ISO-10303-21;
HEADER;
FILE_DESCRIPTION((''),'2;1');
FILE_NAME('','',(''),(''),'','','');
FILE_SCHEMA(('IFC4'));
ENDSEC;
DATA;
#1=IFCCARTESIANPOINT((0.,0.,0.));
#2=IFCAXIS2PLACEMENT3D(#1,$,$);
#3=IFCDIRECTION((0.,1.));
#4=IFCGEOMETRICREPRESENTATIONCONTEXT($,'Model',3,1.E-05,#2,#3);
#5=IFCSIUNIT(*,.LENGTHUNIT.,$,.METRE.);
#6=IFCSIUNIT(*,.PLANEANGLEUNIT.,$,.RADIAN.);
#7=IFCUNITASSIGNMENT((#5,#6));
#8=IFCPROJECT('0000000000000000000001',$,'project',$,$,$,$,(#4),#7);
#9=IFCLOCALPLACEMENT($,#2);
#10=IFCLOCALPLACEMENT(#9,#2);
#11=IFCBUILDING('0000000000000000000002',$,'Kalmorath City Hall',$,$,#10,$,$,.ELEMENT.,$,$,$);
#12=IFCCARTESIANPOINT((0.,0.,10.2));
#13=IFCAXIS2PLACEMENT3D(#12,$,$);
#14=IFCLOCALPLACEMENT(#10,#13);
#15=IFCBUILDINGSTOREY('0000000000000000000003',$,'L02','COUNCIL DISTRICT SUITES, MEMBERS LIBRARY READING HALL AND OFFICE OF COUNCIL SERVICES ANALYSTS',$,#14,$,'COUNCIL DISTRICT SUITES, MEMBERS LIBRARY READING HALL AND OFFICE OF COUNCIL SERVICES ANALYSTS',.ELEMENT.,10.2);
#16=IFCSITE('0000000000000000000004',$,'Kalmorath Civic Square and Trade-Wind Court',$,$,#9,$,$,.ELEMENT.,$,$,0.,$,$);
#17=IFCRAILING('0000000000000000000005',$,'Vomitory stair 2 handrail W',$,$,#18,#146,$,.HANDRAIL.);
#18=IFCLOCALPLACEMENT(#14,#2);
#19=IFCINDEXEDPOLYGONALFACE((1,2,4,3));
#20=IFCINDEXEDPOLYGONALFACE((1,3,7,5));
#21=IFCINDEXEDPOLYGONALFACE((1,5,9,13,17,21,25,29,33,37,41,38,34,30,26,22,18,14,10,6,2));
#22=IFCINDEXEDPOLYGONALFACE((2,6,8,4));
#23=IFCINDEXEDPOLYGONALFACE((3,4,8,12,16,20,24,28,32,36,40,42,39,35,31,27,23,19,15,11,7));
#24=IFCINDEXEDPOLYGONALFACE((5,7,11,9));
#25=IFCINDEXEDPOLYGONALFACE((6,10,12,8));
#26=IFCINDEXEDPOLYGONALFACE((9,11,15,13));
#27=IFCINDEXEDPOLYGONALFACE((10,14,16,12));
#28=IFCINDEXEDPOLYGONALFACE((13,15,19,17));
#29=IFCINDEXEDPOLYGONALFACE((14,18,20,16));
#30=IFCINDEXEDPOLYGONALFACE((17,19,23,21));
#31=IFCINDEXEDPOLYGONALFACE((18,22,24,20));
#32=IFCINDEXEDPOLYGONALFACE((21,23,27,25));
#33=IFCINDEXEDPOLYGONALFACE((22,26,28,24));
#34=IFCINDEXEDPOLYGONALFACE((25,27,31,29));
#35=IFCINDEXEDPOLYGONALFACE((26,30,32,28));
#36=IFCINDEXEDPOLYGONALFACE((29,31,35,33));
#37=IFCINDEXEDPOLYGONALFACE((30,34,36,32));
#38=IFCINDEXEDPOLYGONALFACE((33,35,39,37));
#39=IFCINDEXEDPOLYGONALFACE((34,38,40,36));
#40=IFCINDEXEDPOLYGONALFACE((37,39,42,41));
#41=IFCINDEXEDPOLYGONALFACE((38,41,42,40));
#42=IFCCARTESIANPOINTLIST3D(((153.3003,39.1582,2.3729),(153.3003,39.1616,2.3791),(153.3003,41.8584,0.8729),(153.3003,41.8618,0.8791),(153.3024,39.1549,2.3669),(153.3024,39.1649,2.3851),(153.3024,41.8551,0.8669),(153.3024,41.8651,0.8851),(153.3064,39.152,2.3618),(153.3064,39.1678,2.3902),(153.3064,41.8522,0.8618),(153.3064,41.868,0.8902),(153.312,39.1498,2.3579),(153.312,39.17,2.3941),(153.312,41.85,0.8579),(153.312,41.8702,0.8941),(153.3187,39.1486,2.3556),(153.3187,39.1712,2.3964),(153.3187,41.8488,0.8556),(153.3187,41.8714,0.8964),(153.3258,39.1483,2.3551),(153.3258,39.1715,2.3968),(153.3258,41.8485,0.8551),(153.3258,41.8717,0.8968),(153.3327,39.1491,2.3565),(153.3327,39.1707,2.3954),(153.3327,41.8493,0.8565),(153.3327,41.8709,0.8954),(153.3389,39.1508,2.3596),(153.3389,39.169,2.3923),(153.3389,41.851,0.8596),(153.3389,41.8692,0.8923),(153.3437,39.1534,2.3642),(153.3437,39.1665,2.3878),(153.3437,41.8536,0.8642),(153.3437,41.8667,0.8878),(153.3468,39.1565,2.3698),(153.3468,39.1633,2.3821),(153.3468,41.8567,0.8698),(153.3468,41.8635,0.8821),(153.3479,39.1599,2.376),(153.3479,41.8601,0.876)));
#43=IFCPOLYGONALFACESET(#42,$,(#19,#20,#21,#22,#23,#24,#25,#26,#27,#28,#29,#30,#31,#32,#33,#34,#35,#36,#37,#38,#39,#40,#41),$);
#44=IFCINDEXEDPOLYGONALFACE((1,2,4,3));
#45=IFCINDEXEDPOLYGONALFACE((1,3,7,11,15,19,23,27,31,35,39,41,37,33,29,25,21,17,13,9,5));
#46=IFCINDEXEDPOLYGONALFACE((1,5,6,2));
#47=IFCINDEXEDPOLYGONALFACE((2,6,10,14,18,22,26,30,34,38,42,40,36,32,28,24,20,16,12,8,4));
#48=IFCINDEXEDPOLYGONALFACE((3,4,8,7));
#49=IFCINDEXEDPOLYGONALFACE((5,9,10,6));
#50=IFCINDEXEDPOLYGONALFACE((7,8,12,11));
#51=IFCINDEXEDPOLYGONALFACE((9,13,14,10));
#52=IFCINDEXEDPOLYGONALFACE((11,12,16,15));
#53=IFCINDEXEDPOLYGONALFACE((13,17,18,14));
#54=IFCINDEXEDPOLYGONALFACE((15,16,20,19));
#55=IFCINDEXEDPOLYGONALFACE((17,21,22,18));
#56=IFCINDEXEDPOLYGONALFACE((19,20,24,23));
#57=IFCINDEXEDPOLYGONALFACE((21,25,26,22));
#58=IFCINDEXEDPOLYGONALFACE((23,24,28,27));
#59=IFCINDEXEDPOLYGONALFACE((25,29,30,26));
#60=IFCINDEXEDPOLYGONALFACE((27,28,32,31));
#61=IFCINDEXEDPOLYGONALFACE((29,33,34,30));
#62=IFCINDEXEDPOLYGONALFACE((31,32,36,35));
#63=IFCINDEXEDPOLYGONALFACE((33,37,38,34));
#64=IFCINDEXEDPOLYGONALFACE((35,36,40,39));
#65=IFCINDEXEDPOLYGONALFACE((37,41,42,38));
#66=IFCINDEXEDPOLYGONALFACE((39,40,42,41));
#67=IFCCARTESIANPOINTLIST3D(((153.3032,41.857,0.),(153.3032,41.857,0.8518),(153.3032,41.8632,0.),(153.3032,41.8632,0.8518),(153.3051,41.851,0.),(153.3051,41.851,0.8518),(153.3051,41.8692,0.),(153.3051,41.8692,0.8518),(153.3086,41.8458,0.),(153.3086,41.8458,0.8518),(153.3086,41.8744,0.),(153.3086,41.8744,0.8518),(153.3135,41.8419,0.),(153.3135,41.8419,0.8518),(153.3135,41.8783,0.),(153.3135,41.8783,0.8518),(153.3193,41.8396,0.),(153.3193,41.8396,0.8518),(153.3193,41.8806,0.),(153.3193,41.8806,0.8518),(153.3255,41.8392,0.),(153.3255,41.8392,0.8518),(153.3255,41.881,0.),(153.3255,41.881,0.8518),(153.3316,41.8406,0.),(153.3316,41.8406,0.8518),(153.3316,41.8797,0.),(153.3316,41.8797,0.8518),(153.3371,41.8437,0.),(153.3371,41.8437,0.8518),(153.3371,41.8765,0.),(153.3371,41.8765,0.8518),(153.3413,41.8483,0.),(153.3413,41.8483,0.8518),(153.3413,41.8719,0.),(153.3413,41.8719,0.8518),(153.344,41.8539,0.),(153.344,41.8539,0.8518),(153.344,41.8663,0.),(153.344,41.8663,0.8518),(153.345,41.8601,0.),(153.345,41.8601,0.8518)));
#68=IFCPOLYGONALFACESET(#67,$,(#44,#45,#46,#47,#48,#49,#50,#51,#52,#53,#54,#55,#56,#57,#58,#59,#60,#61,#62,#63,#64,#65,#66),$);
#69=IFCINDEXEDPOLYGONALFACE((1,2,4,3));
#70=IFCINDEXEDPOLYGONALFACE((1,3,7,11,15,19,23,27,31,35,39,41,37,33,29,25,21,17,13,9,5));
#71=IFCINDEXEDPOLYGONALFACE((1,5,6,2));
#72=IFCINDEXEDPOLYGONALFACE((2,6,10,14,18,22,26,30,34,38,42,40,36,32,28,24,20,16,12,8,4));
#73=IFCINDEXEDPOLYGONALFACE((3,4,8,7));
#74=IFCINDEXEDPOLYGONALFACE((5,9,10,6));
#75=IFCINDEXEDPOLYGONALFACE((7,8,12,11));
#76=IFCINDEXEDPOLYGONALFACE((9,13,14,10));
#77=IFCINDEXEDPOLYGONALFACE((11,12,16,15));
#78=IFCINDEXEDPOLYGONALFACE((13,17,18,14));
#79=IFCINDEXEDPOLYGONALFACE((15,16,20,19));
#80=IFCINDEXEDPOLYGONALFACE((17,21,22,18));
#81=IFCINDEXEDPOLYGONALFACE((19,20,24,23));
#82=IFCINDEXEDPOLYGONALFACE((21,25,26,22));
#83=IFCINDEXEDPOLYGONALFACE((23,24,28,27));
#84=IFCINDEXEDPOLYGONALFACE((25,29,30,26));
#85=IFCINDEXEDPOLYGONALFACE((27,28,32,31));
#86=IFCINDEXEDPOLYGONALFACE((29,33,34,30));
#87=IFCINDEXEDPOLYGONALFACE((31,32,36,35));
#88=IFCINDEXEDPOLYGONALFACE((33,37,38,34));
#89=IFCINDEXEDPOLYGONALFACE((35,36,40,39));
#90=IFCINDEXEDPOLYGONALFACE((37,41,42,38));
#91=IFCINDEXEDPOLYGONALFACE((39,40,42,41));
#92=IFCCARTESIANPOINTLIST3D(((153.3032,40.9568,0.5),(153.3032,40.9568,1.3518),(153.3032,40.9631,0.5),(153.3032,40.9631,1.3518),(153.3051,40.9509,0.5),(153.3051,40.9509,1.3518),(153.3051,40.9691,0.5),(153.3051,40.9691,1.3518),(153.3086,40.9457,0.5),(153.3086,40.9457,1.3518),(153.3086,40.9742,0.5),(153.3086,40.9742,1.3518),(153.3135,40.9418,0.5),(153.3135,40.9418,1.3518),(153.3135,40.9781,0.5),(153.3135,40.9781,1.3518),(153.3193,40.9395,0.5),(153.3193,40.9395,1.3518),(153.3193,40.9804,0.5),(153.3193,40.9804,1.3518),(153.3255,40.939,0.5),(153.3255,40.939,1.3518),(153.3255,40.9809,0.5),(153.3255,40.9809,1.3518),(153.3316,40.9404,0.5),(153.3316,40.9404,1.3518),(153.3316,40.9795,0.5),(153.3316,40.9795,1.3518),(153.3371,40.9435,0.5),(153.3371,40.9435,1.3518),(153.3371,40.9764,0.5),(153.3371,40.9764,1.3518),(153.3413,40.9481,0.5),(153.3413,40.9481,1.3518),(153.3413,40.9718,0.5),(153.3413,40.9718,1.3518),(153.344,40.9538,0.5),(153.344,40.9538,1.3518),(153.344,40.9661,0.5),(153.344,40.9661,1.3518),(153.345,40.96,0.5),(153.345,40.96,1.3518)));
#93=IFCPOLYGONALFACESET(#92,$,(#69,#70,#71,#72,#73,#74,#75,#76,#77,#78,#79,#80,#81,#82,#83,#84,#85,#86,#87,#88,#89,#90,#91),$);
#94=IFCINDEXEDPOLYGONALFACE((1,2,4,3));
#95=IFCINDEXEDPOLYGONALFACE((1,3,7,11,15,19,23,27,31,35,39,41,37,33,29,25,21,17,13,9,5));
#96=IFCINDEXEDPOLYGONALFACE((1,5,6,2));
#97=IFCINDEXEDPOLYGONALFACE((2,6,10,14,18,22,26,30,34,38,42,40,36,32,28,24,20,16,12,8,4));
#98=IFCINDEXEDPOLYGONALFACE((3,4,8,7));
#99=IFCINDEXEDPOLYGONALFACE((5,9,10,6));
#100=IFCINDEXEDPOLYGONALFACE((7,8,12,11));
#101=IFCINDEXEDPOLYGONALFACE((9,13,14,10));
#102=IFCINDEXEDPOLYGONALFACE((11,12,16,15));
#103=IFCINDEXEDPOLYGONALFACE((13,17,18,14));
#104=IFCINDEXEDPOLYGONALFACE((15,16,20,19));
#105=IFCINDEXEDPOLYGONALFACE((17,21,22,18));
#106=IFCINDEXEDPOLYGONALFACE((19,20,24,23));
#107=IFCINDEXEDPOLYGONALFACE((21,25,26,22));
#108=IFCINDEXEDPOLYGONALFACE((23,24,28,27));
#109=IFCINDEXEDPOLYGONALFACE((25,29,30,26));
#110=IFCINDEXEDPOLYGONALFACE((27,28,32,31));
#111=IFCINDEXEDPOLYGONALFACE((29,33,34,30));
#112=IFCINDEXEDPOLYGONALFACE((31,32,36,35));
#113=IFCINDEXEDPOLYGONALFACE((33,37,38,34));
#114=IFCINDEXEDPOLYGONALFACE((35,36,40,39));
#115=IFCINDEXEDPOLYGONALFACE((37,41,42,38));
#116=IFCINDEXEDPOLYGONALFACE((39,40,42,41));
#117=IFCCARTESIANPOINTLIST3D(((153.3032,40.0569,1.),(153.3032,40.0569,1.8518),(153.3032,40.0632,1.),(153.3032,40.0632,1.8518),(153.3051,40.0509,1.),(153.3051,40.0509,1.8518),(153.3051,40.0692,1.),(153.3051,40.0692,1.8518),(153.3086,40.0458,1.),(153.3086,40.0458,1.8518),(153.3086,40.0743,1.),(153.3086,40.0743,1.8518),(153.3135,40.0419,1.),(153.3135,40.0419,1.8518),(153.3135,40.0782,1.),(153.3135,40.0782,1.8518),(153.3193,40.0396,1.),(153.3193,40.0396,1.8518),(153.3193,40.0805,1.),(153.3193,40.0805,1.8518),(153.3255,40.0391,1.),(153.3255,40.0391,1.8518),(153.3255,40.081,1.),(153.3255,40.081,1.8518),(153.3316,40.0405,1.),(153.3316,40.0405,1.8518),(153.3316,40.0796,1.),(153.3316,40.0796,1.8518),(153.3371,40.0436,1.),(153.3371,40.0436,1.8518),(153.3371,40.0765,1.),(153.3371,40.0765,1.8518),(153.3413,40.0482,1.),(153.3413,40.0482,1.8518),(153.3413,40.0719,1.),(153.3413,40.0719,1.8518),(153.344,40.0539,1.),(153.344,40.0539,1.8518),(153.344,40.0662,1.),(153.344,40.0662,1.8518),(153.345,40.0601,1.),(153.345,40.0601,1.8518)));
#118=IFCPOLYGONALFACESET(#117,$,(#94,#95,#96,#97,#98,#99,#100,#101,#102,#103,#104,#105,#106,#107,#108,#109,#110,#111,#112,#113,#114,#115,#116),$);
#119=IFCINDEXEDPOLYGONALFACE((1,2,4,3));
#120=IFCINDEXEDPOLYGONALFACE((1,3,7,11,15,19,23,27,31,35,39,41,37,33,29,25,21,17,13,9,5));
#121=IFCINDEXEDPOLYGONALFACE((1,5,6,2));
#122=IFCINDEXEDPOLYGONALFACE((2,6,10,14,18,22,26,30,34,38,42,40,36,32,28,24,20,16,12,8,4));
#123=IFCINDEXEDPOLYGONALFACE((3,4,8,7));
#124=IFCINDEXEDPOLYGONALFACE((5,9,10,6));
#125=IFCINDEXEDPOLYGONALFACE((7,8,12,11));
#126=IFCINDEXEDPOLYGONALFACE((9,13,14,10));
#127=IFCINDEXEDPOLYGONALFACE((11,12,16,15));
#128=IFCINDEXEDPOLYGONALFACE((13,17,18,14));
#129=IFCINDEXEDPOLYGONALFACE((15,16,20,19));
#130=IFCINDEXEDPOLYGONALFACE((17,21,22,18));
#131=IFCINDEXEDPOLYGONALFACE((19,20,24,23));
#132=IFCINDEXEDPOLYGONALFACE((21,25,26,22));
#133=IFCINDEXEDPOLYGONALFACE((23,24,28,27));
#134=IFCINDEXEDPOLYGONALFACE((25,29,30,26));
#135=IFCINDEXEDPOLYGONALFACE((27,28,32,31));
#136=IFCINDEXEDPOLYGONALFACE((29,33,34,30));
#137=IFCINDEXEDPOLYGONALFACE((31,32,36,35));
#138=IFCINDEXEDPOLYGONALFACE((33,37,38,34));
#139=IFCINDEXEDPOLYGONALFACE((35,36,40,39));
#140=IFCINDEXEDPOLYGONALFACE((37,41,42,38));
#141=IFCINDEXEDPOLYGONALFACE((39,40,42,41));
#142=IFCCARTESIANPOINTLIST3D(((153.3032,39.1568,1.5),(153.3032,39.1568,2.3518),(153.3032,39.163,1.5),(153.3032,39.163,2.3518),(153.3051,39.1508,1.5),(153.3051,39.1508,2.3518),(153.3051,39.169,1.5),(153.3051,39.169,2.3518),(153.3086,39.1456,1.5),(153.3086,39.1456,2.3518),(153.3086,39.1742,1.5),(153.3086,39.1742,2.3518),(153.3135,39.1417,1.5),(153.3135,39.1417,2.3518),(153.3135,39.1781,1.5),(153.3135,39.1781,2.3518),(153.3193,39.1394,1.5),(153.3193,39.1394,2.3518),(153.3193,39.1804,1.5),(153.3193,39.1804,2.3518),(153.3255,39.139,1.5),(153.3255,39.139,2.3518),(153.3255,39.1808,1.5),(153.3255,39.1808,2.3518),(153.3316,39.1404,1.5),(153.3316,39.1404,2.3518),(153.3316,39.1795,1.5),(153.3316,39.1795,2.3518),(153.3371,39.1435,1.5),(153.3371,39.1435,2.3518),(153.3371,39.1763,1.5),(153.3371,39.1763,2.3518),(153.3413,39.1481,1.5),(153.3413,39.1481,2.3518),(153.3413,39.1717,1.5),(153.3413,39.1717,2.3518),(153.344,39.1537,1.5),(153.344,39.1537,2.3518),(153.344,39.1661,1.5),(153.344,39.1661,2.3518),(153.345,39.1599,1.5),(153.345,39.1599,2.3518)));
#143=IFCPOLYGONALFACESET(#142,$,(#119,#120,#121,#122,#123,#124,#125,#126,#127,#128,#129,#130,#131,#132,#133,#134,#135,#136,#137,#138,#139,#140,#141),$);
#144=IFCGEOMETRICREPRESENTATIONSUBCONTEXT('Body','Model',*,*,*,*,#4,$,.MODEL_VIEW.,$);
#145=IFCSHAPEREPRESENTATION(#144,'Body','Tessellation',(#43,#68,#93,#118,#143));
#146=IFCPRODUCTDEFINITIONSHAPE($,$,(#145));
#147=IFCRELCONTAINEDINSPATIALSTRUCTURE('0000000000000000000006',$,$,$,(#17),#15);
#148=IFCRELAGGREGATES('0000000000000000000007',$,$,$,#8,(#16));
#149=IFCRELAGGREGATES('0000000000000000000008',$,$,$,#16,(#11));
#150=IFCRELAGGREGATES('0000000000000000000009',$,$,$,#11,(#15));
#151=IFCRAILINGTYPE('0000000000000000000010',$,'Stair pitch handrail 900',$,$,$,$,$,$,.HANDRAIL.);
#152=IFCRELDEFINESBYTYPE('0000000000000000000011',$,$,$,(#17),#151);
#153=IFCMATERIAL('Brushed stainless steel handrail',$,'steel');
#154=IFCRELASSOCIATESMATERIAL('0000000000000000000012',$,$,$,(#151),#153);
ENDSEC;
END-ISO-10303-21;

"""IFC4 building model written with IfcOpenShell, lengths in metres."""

from ifc_helpers import new_model, si_unit, direction, frame, origin, origin_2d, place, context, subcontext, project, spatial, circle, extrude, material, type_object, element, save


model = new_model("IFC4")

# Units and contexts
model_context = context("Model", 3, precision=1e-05, world=origin(), true_north=direction((0.0, 1.0)))
body_context = subcontext(model_context, "Body", "Model", "MODEL_VIEW")
ifc_project = project(units=[si_unit("LENGTHUNIT", "METRE"), si_unit("PLANEANGLEUNIT", "RADIAN")], contexts=[model_context])

# Site, building, storey
site_placement = place(None, origin())
site = spatial("IfcSite", under=ifc_project, at=site_placement, Name="Kalmorath Civic Square and Trade-Wind Court", CompositionType="ELEMENT", RefElevation=0.0)
building_placement = place(site_placement, origin())
building = spatial("IfcBuilding", under=site, at=building_placement, Name="Kalmorath City Hall", CompositionType="ELEMENT")
storey_placement = place(building_placement, frame((0.0, 0.0, 10.2)))
storey = spatial("IfcBuildingStorey", under=building, at=storey_placement, Name="L02", Description="COUNCIL DISTRICT SUITES, MEMBERS LIBRARY READING HALL AND OFFICE OF COUNCIL SERVICES ANALYSTS", LongName="COUNCIL DISTRICT SUITES, MEMBERS LIBRARY READING HALL AND OFFICE OF COUNCIL SERVICES ANALYSTS", CompositionType="ELEMENT", Elevation=10.2)

# Railing
ifc_material_1 = material(Name="Brushed stainless steel handrail", Category="steel")
railing_type_1 = type_object("IfcRailingType", Name="Stair pitch handrail 900", PredefinedType="HANDRAIL", material=ifc_material_1)
for number, where, name in (
    (1, (153.324, 41.8601, 0.0), "Vomitory stair 2 handrail W"),
):
    element("IfcRailing", number, at=place(storey_placement, frame(where)), inside=storey, type_object=railing_type_1, Name=name, PredefinedType="HANDRAIL", context=body_context, shape_type="SweptSolid", body=[
        extrude(circle(Radius=0.0239, at=origin_2d()), frame((0.0, 0.0, 0.876), z_axis=(0.0, -0.874172, 0.485616), x_axis=(1.0, 0.0, 0.0)), (0.0, 0.0, 1.0), 3.0889),
        extrude(circle(Radius=0.021, at=origin_2d()), origin(), (0.0, 0.0, 1.0), 0.8518),
        extrude(circle(Radius=0.021, at=origin_2d()), frame((0.0, -0.9001, 0.5)), (0.0, 0.0, 1.0), 0.8518),
        extrude(circle(Radius=0.021, at=origin_2d()), frame((0.0, -1.8, 1.0)), (0.0, 0.0, 1.0), 0.8518),
        extrude(circle(Radius=0.021, at=origin_2d()), frame((0.0, -2.7002, 1.5)), (0.0, 0.0, 1.0), 0.8518),
    ])

save(model, "model.ifc")
